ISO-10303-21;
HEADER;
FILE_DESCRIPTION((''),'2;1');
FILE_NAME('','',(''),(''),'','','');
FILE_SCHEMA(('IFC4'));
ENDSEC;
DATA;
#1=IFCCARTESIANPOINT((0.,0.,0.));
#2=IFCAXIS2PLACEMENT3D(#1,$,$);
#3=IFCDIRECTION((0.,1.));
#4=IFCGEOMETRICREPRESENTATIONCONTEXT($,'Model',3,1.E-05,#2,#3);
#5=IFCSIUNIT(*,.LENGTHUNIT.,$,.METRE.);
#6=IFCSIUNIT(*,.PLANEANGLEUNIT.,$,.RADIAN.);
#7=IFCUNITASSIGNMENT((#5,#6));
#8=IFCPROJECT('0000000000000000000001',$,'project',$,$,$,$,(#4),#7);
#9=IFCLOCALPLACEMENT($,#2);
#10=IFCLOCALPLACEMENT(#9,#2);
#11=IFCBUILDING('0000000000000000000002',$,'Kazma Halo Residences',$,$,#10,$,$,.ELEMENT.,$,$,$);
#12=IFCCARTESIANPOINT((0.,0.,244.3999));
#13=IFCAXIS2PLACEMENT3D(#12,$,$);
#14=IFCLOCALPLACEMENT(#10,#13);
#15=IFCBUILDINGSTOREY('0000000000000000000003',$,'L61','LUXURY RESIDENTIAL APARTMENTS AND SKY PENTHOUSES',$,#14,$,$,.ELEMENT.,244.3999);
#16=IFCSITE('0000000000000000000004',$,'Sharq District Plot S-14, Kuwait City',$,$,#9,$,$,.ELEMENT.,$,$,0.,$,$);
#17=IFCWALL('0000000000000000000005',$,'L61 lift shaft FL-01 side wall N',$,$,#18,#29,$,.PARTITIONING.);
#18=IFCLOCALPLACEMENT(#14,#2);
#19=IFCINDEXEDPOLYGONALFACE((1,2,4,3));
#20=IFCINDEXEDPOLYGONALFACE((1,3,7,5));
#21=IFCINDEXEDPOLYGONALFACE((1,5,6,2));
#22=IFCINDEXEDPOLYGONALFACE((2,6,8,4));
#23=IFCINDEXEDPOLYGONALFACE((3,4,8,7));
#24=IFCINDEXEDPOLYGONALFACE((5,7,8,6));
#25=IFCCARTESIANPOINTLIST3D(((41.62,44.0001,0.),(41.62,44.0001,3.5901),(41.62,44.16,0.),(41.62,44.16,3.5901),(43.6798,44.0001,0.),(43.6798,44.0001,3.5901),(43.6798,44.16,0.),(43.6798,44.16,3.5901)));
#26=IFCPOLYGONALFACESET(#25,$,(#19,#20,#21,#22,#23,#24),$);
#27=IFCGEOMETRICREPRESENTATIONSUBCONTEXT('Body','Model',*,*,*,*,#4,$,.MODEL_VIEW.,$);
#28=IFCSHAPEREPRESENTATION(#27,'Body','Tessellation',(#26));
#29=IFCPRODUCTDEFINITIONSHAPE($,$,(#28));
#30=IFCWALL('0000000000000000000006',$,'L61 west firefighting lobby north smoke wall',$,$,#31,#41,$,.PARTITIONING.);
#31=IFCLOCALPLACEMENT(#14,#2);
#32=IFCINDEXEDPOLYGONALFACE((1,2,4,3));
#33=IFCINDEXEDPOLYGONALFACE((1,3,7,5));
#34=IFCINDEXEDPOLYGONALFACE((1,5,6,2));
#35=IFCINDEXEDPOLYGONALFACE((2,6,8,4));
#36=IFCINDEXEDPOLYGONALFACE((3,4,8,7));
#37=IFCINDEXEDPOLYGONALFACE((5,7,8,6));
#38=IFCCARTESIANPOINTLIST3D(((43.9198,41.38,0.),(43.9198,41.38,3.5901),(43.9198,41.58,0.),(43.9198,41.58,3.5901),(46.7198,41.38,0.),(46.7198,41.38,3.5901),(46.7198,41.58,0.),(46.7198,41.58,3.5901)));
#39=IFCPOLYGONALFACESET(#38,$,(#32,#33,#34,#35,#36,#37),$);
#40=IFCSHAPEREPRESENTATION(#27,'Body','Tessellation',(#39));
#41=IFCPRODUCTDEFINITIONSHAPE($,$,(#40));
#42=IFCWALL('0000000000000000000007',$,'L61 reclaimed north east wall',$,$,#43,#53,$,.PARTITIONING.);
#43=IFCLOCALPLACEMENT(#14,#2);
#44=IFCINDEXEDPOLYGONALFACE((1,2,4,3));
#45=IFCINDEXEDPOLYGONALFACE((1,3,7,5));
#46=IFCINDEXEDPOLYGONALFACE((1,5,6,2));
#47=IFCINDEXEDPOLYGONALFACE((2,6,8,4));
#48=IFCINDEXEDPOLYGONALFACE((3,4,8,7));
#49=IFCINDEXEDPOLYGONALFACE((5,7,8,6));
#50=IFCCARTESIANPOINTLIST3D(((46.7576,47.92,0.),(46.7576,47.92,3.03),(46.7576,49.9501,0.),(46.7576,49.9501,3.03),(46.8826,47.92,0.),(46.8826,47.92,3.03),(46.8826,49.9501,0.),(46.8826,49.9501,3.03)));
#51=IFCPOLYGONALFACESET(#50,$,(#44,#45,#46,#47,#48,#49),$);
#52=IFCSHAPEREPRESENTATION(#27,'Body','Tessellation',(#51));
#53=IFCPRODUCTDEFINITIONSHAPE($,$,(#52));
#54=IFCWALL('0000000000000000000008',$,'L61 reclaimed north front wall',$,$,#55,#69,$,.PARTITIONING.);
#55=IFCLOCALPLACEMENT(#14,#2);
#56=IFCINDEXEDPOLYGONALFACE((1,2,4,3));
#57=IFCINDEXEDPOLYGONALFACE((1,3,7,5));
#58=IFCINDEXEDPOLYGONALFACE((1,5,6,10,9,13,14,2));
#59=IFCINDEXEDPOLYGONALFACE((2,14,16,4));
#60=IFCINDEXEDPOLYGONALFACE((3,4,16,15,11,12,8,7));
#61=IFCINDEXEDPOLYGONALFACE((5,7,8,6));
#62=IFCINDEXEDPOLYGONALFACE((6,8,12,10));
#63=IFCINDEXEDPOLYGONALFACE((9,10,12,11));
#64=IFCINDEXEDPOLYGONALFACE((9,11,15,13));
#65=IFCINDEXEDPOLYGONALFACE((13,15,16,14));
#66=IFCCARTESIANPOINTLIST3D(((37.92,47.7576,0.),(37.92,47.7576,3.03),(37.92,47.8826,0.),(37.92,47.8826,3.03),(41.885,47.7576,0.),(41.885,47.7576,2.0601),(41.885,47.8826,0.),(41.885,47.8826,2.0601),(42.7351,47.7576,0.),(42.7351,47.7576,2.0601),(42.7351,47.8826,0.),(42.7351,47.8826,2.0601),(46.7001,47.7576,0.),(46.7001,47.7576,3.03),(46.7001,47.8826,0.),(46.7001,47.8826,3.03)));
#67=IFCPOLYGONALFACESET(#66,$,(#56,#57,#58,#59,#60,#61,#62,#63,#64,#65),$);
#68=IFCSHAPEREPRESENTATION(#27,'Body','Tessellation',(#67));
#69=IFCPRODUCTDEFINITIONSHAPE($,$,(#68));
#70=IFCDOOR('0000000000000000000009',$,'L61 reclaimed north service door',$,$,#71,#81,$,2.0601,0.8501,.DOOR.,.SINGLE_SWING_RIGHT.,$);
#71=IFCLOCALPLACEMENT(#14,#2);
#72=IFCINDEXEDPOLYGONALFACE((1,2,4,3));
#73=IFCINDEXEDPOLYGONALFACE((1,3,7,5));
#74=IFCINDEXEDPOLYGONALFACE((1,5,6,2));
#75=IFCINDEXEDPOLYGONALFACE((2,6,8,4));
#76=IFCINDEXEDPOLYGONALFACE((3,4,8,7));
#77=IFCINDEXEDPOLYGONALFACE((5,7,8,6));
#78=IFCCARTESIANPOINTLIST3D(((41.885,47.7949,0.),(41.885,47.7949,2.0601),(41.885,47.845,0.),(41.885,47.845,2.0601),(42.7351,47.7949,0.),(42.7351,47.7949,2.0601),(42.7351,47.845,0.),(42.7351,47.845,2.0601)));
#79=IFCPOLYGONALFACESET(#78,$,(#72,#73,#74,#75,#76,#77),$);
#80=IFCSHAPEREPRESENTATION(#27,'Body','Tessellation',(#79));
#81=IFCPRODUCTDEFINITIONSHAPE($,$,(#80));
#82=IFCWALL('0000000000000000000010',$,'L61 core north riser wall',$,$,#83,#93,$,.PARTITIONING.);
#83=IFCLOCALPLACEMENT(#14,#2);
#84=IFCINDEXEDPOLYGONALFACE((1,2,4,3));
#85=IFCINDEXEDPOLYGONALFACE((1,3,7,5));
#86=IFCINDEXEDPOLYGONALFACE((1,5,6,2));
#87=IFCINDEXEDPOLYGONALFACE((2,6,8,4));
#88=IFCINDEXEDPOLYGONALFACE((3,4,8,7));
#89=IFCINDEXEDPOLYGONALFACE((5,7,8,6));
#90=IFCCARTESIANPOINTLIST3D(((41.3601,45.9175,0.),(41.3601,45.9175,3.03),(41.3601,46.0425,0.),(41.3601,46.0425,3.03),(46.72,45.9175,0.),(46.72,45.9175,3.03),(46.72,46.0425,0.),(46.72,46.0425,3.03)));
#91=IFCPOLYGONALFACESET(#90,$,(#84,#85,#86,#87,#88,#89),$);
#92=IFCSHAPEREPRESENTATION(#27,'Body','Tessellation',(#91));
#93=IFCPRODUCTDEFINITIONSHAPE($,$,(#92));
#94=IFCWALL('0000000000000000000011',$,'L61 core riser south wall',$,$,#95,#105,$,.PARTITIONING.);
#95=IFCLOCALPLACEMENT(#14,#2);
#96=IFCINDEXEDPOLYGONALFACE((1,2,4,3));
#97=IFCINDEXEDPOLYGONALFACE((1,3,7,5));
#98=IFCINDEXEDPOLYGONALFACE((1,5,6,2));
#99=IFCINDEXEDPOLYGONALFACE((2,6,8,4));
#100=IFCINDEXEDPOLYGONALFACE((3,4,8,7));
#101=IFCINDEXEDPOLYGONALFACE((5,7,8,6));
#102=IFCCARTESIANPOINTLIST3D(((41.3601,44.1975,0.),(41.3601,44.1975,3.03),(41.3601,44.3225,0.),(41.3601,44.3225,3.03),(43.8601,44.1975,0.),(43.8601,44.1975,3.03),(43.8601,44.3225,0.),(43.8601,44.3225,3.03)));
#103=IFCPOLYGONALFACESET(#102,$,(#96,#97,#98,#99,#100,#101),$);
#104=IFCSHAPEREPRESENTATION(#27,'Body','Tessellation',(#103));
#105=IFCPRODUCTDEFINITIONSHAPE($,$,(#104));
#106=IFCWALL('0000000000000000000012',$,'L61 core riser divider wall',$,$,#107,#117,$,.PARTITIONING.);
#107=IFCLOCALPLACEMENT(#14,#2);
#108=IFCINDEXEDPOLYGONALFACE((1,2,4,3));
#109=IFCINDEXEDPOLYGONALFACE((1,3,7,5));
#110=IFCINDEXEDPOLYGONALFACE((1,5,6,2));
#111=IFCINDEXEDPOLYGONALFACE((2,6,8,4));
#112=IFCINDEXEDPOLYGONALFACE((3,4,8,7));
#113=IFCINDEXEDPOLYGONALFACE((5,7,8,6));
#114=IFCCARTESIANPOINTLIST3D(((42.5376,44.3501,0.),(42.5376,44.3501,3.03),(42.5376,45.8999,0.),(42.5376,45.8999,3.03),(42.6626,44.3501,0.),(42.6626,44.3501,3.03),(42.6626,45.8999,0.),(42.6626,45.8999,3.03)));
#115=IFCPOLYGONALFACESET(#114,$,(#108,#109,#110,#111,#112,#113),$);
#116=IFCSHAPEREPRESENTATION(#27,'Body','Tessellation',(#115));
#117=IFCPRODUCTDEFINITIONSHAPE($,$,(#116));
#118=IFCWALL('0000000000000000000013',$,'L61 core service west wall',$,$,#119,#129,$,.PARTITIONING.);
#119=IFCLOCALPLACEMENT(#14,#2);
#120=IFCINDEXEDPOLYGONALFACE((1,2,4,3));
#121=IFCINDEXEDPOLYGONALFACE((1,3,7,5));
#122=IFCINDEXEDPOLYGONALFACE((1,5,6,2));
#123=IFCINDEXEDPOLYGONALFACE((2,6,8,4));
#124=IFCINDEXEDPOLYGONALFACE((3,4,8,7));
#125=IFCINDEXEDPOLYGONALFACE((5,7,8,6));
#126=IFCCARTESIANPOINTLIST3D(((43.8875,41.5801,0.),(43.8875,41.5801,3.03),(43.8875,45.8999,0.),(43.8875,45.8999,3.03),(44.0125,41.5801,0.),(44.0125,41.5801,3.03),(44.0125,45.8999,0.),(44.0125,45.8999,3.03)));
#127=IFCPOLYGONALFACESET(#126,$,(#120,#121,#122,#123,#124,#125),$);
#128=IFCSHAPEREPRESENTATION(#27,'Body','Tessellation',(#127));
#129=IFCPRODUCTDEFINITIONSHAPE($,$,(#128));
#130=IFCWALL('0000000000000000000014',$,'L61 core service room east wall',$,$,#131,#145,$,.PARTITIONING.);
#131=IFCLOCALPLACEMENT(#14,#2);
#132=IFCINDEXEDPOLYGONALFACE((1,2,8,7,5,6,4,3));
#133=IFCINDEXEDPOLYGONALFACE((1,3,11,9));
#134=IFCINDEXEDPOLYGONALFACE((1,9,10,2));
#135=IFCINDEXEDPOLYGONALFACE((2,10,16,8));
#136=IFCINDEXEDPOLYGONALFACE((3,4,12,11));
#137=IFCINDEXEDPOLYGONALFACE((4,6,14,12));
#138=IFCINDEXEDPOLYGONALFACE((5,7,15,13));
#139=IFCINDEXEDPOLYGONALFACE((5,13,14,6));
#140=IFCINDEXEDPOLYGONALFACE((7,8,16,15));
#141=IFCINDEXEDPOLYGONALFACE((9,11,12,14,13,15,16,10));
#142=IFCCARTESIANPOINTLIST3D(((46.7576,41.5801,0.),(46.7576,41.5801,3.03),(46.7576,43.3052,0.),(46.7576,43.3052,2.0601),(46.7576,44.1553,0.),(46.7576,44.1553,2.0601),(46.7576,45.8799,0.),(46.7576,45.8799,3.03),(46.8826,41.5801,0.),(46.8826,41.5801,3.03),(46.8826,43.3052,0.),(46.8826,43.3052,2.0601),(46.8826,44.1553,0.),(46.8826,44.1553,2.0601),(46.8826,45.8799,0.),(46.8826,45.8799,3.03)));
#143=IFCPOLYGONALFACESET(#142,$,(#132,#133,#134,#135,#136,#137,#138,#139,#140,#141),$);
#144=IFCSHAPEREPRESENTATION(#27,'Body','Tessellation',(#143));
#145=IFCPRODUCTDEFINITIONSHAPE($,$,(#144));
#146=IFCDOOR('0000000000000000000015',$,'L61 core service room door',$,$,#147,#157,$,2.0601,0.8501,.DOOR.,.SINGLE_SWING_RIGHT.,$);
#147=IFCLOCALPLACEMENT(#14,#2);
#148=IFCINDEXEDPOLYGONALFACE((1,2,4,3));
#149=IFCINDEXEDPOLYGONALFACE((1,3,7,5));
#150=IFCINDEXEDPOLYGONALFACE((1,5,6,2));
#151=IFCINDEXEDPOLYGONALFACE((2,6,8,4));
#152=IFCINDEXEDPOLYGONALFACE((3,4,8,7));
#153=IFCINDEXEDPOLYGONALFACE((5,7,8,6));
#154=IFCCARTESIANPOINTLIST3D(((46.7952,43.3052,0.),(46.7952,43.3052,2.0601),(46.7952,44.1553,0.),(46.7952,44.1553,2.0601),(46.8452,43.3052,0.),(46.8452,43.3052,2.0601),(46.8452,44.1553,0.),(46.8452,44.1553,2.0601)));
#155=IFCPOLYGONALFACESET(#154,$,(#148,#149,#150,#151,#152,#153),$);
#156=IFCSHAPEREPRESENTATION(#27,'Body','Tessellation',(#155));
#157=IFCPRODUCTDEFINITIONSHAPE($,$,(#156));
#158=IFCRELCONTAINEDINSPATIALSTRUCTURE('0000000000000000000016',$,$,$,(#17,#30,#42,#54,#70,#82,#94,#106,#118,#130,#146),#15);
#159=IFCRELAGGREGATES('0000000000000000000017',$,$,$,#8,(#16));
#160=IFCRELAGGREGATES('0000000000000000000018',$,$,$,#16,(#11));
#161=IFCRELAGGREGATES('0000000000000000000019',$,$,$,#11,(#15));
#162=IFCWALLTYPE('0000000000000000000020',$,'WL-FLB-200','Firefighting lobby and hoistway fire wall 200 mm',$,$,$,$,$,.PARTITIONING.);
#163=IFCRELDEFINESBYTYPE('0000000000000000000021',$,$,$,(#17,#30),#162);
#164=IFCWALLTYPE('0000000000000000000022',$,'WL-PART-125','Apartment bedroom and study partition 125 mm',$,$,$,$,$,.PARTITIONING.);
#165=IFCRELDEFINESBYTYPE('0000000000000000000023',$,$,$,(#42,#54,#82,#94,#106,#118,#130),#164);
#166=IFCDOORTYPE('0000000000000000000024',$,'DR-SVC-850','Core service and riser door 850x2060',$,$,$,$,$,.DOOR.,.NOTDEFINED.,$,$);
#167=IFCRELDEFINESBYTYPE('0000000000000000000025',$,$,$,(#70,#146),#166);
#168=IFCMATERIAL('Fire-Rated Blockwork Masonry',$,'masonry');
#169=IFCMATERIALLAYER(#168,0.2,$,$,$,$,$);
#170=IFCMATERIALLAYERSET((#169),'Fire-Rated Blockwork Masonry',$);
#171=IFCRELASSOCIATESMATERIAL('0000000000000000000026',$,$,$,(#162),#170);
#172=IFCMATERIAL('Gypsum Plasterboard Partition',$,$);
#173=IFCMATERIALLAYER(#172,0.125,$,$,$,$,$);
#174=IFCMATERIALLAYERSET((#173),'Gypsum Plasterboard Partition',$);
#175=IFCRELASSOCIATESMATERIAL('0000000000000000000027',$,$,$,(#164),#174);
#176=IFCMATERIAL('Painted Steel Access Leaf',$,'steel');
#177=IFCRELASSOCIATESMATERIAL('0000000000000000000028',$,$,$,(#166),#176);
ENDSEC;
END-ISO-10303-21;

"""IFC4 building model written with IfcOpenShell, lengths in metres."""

from ifc_helpers import new_model, si_unit, direction, frame, frame_2d, origin, place, context, subcontext, project, spatial, rectangle, extrude, material, layer, layer_set, type_object, element, fill, save


model = new_model("IFC4")

# Units and contexts
model_context = context("Model", 3, precision=1e-05, world=origin(), true_north=direction((0.0, 1.0)))
body_context = subcontext(model_context, "Body", "Model", "MODEL_VIEW")
ifc_project = project(units=[si_unit("LENGTHUNIT", "METRE"), si_unit("PLANEANGLEUNIT", "RADIAN")], contexts=[model_context])

# Site, building, storey
site_placement = place(None, origin())
site = spatial("IfcSite", under=ifc_project, at=site_placement, Name="Sharq District Plot S-14, Kuwait City", CompositionType="ELEMENT", RefElevation=0.0)
building_placement = place(site_placement, origin())
building = spatial("IfcBuilding", under=site, at=building_placement, Name="Kazma Halo Residences", CompositionType="ELEMENT")
storey_placement = place(building_placement, frame((0.0, 0.0, 244.3999)))
storey = spatial("IfcBuildingStorey", under=building, at=storey_placement, Name="L61", Description="LUXURY RESIDENTIAL APARTMENTS AND SKY PENTHOUSES", CompositionType="ELEMENT", Elevation=244.3999)

# Shared definitions
ifc_material_1 = material(Name="Fire-Rated Blockwork Masonry", Category="masonry")
ifc_layer_1 = layer(ifc_material_1, 0.2)
ifc_layer_set_1 = layer_set([ifc_layer_1], Name="Fire-Rated Blockwork Masonry")
wall_type_1 = type_object("IfcWallType", Name="WL-FLB-200", Description="Firefighting lobby and hoistway fire wall 200 mm", PredefinedType="PARTITIONING", material=ifc_layer_set_1)

# Walls
wall_1_placement = place(storey_placement, frame((41.6201, 44.0801, 0.0), z_axis=(0.0, 0.0, 1.0), x_axis=(1.0, 0.0, 0.0)))
element("IfcWall", 1, at=wall_1_placement, inside=storey, type_object=wall_type_1, Name="L61 lift shaft FL-01 side wall N", PredefinedType="PARTITIONING", context=body_context, shape_type="SweptSolid", body=[
    extrude(rectangle(XDim=2.0598, YDim=0.1599, at=frame_2d((1.0298, 0.0))), origin(), (0.0, 0.0, 1.0), 3.5901),
])
wall_2_placement = place(storey_placement, frame((43.9199, 41.48, 0.0), z_axis=(0.0, 0.0, 1.0), x_axis=(1.0, 0.0, 0.0)))
element("IfcWall", 2, at=wall_2_placement, inside=storey, type_object=wall_type_1, Name="L61 west firefighting lobby north smoke wall", PredefinedType="PARTITIONING", context=body_context, shape_type="SweptSolid", body=[
    extrude(rectangle(XDim=2.8, YDim=0.2, at=frame_2d((1.3999, 0.0))), origin(), (0.0, 0.0, 1.0), 3.5901),
])
ifc_material_2 = material(Name="Gypsum Plasterboard Partition")
ifc_layer_2 = layer(ifc_material_2, 0.125)
ifc_layer_set_2 = layer_set([ifc_layer_2], Name="Gypsum Plasterboard Partition")
wall_type_2 = type_object("IfcWallType", Name="WL-PART-125", Description="Apartment bedroom and study partition 125 mm", PredefinedType="PARTITIONING", material=ifc_layer_set_2)
wall_3_placement = place(storey_placement, frame((46.8201, 47.9199, 0.0), z_axis=(0.0, 0.0, 1.0), x_axis=(0.0, 1.0, 0.0)))
element("IfcWall", 3, at=wall_3_placement, inside=storey, type_object=wall_type_2, Name="L61 reclaimed north east wall", PredefinedType="PARTITIONING", context=body_context, shape_type="SweptSolid", body=[
    extrude(rectangle(XDim=2.03, YDim=0.125, at=frame_2d((1.0151, 0.0))), origin(), (0.0, 0.0, 1.0), 3.03),
])

# Wall, opening, door
wall_4_placement = place(storey_placement, frame((37.9199, 47.8201, 0.0), z_axis=(0.0, 0.0, 1.0), x_axis=(1.0, 0.0, 0.0)))
wall_4 = element("IfcWall", 4, at=wall_4_placement, inside=storey, type_object=wall_type_2, Name="L61 reclaimed north front wall", PredefinedType="PARTITIONING", context=body_context, shape_type="SweptSolid", body=[
    extrude(rectangle(XDim=8.78, YDim=0.125, at=frame_2d((4.3901, 0.0))), origin(), (0.0, 0.0, 1.0), 3.03),
])
opening_1_placement = place(wall_4_placement, frame((3.9651, 0.0, 0.0)))
opening_1 = element("IfcOpeningElement", 5, at=opening_1_placement, cuts=wall_4, PredefinedType="OPENING", context=body_context, shape_type="SweptSolid", body=[
    extrude(rectangle(XDim=0.8501, YDim=2.0601, at=frame_2d((0.425, 1.03))), frame((0.0, 0.0725, 0.0), z_axis=(0.0, -1.0, 0.0), x_axis=(1.0, 0.0, 0.0)), (0.0, 0.0, 1.0), 0.145),
])
ifc_material_3 = material(Name="Painted Steel Access Leaf", Category="steel")
door_type_1 = type_object("IfcDoorType", Name="DR-SVC-850", Description="Core service and riser door 850x2060", OperationType="NOTDEFINED", PredefinedType="DOOR", material=ifc_material_3)
door_1_placement = place(opening_1_placement, origin())
door_1 = element("IfcDoor", 6, at=door_1_placement, inside=storey, type_object=door_type_1, Name="L61 reclaimed north service door", OperationType="SINGLE_SWING_RIGHT", OverallHeight=2.0601, OverallWidth=0.8501, PredefinedType="DOOR", context=body_context, shape_type="SweptSolid", body=[
    extrude(rectangle(XDim=0.8501, YDim=2.0601, at=frame_2d((0.425, 1.03))), frame((0.0, 0.0249, 0.0), z_axis=(0.0, -1.0, 0.0), x_axis=(1.0, 0.0, 0.0)), (0.0, 0.0, 1.0), 0.05),
])
fill(opening_1, door_1)

# Walls
wall_5_placement = place(storey_placement, frame((41.3601, 45.98, 0.0), z_axis=(0.0, 0.0, 1.0), x_axis=(1.0, 0.0, 0.0)))
element("IfcWall", 7, at=wall_5_placement, inside=storey, type_object=wall_type_2, Name="L61 core north riser wall", PredefinedType="PARTITIONING", context=body_context, shape_type="SweptSolid", body=[
    extrude(rectangle(XDim=5.3599, YDim=0.125, at=frame_2d((2.6799, 0.0))), origin(), (0.0, 0.0, 1.0), 3.03),
])
wall_6_placement = place(storey_placement, frame((41.3601, 44.26, 0.0), z_axis=(0.0, 0.0, 1.0), x_axis=(1.0, 0.0, 0.0)))
element("IfcWall", 8, at=wall_6_placement, inside=storey, type_object=wall_type_2, Name="L61 core riser south wall", PredefinedType="PARTITIONING", context=body_context, shape_type="SweptSolid", body=[
    extrude(rectangle(XDim=2.5, YDim=0.125, at=frame_2d((1.25, 0.0))), origin(), (0.0, 0.0, 1.0), 3.03),
])
wall_7_placement = place(storey_placement, frame((42.6001, 44.3501, 0.0), z_axis=(0.0, 0.0, 1.0), x_axis=(0.0, 1.0, 0.0)))
element("IfcWall", 9, at=wall_7_placement, inside=storey, type_object=wall_type_2, Name="L61 core riser divider wall", PredefinedType="PARTITIONING", context=body_context, shape_type="SweptSolid", body=[
    extrude(rectangle(XDim=1.5498, YDim=0.125, at=frame_2d((0.7749, 0.0))), origin(), (0.0, 0.0, 1.0), 3.03),
])
wall_8_placement = place(storey_placement, frame((43.95, 41.5801, 0.0), z_axis=(0.0, 0.0, 1.0), x_axis=(0.0, 1.0, 0.0)))
element("IfcWall", 10, at=wall_8_placement, inside=storey, type_object=wall_type_2, Name="L61 core service west wall", PredefinedType="PARTITIONING", context=body_context, shape_type="SweptSolid", body=[
    extrude(rectangle(XDim=4.3198, YDim=0.125, at=frame_2d((2.1599, 0.0))), origin(), (0.0, 0.0, 1.0), 3.03),
])

# Wall, opening, door
wall_9_placement = place(storey_placement, frame((46.8201, 41.5801, 0.0), z_axis=(0.0, 0.0, 1.0), x_axis=(0.0, 1.0, 0.0)))
wall_9 = element("IfcWall", 11, at=wall_9_placement, inside=storey, type_object=wall_type_2, Name="L61 core service room east wall", PredefinedType="PARTITIONING", context=body_context, shape_type="SweptSolid", body=[
    extrude(rectangle(XDim=4.2998, YDim=0.125, at=frame_2d((2.1499, 0.0))), origin(), (0.0, 0.0, 1.0), 3.03),
])
opening_2_placement = place(wall_9_placement, frame((1.7251, 0.0, 0.0)))
opening_2 = element("IfcOpeningElement", 12, at=opening_2_placement, cuts=wall_9, PredefinedType="OPENING", context=body_context, shape_type="SweptSolid", body=[
    extrude(rectangle(XDim=0.8501, YDim=2.0601, at=frame_2d((0.425, 1.03))), frame((0.0, 0.0725, 0.0), z_axis=(0.0, -1.0, 0.0), x_axis=(1.0, 0.0, 0.0)), (0.0, 0.0, 1.0), 0.145),
])
door_2_placement = place(opening_2_placement, origin())
door_2 = element("IfcDoor", 13, at=door_2_placement, inside=storey, type_object=door_type_1, Name="L61 core service room door", OperationType="SINGLE_SWING_RIGHT", OverallHeight=2.0601, OverallWidth=0.8501, PredefinedType="DOOR", context=body_context, shape_type="SweptSolid", body=[
    extrude(rectangle(XDim=0.8501, YDim=2.0601, at=frame_2d((0.425, 1.03))), frame((0.0, 0.0249, 0.0), z_axis=(0.0, -1.0, 0.0), x_axis=(1.0, 0.0, 0.0)), (0.0, 0.0, 1.0), 0.05),
])
fill(opening_2, door_2)

save(model, "model.ifc")
